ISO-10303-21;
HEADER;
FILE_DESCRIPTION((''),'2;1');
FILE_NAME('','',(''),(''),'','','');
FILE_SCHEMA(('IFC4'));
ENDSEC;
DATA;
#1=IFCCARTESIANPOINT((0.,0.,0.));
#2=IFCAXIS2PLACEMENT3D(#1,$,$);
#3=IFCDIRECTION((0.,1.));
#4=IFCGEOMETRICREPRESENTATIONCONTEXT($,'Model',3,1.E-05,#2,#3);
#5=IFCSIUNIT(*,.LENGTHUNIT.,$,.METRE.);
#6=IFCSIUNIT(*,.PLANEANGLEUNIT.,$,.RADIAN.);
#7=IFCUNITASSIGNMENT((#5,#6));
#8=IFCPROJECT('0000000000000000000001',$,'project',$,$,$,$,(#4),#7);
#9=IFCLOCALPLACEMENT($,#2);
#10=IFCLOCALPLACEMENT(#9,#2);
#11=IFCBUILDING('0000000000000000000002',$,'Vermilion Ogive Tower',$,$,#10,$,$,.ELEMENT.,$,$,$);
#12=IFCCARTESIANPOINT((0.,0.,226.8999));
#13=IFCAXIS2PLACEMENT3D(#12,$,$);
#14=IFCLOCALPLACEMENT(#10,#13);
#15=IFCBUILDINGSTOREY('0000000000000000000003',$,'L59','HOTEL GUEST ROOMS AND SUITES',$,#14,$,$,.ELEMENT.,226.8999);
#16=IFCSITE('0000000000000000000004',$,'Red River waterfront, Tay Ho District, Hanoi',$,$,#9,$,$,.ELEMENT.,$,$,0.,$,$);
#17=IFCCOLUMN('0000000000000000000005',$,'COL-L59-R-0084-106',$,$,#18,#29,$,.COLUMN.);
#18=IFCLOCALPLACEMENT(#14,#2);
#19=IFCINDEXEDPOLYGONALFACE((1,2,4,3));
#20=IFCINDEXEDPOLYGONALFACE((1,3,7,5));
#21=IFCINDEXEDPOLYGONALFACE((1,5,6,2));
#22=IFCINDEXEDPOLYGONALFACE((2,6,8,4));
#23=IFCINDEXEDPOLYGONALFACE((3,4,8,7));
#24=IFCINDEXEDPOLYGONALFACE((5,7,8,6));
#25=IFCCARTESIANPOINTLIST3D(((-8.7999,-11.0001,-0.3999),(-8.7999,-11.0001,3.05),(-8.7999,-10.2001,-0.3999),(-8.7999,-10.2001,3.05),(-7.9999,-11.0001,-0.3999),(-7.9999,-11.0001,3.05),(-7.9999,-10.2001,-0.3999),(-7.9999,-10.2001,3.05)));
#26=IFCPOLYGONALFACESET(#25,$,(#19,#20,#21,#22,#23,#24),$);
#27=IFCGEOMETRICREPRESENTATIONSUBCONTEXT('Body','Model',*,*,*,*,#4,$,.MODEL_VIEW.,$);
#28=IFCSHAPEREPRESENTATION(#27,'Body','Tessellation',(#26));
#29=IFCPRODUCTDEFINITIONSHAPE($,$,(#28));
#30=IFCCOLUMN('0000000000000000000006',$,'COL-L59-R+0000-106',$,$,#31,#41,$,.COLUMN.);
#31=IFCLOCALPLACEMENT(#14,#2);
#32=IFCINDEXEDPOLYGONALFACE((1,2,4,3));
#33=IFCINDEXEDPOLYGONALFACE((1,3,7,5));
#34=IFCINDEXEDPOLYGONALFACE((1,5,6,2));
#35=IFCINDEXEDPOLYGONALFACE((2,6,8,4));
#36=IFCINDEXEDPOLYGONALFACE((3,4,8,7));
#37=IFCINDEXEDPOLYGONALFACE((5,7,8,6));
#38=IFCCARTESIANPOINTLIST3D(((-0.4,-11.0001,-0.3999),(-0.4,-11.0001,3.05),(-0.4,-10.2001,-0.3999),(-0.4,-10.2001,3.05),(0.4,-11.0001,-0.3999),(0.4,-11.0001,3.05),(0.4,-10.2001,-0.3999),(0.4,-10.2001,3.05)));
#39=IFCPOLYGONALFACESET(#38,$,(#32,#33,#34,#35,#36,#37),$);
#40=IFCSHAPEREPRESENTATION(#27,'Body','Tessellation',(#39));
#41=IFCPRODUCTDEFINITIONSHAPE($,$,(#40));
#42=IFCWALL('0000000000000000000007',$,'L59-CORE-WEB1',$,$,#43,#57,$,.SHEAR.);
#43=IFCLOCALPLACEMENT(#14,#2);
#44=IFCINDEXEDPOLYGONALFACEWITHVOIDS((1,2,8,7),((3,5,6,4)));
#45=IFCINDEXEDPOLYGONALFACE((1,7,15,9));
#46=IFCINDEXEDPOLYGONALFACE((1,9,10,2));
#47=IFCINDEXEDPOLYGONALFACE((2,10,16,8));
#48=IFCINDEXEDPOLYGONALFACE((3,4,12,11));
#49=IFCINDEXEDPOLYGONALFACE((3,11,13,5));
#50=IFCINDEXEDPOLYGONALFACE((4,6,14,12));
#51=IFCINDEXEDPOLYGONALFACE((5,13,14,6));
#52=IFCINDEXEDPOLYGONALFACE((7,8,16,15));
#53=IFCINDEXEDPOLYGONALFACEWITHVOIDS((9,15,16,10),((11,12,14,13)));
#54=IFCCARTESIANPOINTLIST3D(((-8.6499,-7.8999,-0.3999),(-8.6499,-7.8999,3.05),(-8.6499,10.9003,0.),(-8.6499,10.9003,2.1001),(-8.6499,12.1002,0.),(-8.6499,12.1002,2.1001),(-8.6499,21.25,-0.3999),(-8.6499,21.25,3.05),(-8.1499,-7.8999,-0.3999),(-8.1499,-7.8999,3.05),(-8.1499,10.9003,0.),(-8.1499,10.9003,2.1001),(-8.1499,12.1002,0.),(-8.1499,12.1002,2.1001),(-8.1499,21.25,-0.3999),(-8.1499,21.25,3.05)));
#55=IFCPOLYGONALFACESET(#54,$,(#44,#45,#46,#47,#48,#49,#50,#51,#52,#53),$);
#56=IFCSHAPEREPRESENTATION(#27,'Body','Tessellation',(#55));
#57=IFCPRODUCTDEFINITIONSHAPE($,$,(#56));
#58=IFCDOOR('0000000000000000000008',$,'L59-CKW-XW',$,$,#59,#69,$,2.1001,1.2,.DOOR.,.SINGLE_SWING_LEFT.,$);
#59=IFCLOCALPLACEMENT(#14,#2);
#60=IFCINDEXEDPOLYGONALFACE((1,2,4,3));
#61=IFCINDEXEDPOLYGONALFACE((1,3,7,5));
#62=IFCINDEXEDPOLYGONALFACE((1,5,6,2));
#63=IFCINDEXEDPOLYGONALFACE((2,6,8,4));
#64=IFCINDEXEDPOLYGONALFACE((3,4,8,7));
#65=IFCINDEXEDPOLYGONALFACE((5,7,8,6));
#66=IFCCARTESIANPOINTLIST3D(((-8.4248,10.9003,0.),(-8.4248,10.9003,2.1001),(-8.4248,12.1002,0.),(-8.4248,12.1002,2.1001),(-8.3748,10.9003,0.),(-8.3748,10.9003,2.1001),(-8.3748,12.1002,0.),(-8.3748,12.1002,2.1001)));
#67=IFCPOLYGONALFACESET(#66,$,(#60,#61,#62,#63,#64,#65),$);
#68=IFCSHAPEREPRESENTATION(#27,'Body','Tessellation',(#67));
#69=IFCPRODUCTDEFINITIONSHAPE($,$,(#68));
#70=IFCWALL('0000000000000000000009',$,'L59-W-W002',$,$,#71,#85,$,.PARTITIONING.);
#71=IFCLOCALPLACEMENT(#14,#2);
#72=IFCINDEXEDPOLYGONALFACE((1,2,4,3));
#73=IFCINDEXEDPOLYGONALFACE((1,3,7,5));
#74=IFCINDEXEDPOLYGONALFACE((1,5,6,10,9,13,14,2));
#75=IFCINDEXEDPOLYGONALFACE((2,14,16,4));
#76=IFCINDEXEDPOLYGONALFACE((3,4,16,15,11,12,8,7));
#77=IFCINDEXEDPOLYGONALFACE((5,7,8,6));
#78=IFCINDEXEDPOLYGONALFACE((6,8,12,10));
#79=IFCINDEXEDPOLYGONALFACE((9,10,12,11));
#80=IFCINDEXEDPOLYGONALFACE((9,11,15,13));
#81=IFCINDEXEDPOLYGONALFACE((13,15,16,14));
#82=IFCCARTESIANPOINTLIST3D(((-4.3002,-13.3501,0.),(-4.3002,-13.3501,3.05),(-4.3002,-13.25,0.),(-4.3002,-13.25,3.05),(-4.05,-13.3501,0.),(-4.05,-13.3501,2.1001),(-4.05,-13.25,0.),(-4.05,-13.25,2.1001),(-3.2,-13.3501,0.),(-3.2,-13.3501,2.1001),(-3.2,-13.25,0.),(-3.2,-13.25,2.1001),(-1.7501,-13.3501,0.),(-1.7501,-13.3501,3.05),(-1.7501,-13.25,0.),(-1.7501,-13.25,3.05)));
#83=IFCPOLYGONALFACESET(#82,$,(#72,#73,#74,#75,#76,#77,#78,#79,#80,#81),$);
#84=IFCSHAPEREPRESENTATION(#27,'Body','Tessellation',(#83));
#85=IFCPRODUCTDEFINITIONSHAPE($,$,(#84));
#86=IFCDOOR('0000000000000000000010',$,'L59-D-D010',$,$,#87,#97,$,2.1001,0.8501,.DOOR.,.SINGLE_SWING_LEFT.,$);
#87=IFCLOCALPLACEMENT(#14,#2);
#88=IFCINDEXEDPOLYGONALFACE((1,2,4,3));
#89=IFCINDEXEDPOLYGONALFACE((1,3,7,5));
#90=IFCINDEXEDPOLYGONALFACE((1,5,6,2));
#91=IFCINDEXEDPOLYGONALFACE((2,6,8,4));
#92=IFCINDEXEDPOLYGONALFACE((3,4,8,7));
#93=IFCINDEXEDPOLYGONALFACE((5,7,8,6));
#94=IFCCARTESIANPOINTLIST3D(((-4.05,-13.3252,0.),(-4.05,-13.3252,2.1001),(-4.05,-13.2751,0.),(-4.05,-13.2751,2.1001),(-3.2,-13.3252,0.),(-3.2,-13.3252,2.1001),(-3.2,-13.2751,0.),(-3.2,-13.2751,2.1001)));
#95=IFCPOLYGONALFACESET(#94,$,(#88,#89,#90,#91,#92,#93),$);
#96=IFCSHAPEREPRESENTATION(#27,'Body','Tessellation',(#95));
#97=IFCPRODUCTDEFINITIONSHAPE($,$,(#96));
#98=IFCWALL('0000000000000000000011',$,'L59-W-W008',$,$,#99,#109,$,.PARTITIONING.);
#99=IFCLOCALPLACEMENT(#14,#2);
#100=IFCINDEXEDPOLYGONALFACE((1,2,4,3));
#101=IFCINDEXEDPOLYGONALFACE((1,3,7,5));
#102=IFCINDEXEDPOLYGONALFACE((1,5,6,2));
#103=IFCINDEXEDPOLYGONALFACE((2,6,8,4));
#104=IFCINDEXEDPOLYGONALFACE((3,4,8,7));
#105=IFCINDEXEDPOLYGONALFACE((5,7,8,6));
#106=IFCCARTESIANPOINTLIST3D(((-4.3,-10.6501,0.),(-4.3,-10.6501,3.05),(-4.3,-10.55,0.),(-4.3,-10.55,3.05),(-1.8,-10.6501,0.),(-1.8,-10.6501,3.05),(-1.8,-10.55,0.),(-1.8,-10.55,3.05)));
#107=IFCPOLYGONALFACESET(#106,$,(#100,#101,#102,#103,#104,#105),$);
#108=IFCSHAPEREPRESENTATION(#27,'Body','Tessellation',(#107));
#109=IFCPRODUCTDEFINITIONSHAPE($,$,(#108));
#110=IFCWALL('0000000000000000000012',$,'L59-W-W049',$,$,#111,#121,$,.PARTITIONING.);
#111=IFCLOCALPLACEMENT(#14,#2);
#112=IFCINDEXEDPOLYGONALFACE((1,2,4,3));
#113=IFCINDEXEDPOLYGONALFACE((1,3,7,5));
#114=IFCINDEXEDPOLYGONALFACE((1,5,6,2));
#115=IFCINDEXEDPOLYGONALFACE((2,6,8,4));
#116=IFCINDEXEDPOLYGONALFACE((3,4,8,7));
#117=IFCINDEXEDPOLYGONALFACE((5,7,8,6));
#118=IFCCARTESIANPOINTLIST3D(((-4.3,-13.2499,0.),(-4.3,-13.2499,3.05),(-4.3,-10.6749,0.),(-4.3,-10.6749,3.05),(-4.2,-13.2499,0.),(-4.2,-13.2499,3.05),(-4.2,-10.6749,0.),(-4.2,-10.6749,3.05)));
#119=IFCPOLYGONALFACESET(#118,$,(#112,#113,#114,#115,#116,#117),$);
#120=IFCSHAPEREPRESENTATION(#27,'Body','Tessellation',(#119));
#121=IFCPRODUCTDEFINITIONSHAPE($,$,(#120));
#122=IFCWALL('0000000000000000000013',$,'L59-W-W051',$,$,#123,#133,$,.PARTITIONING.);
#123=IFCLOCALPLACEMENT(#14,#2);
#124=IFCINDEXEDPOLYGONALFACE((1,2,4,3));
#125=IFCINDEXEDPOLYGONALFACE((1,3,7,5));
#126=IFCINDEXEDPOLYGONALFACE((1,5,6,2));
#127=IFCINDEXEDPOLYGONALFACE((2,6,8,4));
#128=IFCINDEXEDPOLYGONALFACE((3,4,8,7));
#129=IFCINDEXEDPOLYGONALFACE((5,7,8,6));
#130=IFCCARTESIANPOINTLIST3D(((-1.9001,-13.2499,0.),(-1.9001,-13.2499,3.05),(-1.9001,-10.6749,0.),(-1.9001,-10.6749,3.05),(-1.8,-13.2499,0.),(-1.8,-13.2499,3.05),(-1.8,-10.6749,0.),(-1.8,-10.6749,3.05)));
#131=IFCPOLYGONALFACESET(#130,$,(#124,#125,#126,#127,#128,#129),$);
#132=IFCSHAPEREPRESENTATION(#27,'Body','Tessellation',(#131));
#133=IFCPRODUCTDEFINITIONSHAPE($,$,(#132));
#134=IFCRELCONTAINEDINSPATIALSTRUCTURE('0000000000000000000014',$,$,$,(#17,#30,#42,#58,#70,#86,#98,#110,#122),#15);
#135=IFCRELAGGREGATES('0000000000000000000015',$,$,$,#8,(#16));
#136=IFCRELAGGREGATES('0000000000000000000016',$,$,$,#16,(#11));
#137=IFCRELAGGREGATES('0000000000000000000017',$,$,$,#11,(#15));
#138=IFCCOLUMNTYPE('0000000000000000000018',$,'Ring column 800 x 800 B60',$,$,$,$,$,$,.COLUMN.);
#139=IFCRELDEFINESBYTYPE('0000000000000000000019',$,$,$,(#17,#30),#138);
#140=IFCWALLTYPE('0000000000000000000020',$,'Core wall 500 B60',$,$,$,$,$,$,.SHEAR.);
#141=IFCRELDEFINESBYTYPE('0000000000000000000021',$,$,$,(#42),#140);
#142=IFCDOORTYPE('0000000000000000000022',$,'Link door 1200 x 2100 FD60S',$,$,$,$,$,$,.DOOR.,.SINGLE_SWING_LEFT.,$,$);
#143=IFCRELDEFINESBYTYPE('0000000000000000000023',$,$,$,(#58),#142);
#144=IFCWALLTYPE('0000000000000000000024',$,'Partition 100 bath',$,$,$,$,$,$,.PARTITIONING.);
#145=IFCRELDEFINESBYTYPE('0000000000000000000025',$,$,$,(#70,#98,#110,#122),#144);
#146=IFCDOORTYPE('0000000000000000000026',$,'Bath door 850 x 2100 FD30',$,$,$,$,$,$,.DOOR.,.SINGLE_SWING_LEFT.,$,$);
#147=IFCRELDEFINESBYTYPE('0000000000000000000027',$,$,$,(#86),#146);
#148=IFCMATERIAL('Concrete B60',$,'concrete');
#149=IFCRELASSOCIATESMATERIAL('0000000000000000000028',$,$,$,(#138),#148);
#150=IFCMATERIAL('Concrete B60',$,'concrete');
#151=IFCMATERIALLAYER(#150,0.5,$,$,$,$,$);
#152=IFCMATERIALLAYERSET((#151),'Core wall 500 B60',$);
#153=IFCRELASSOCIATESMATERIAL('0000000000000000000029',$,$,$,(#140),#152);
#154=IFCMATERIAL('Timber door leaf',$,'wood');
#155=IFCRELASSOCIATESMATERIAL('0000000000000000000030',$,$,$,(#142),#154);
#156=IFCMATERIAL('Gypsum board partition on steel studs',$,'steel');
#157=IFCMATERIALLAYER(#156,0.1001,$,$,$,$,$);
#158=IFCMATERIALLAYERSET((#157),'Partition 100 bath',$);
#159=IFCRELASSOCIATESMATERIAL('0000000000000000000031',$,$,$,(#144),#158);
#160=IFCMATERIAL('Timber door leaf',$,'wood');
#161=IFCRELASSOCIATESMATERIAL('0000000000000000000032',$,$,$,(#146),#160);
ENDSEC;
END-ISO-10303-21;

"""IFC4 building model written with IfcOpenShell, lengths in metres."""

from ifc_helpers import new_model, si_unit, direction, frame, frame_2d, origin, origin_2d, place, context, subcontext, project, spatial, rectangle, extrude, material, layer, layer_set, material_profile, profile_set, type_object, element, fill, save


model = new_model("IFC4")

# Units and contexts
model_context = context("Model", 3, precision=1e-05, world=origin(), true_north=direction((0.0, 1.0)))
body_context = subcontext(model_context, "Body", "Model", "MODEL_VIEW")
ifc_project = project(units=[si_unit("LENGTHUNIT", "METRE"), si_unit("PLANEANGLEUNIT", "RADIAN")], contexts=[model_context])

# Site, building, storey
site_placement = place(None, origin())
site = spatial("IfcSite", under=ifc_project, at=site_placement, Name="Red River waterfront, Tay Ho District, Hanoi", CompositionType="ELEMENT", RefElevation=0.0)
building_placement = place(site_placement, origin())
building = spatial("IfcBuilding", under=site, at=building_placement, Name="Vermilion Ogive Tower", CompositionType="ELEMENT")
storey_placement = place(building_placement, frame((0.0, 0.0, 226.8999)))
storey = spatial("IfcBuildingStorey", under=building, at=storey_placement, Name="L59", Description="HOTEL GUEST ROOMS AND SUITES", CompositionType="ELEMENT", Elevation=226.8999)

# Columns
ifc_material_1 = material(Name="Concrete B60", Category="concrete")
ifc_material_profile = material_profile(ifc_material_1, rectangle(XDim=0.8, YDim=0.8, at=origin_2d()), Name="800 x 800")
ifc_profile_set = profile_set([ifc_material_profile], Name="Concrete B60")
column_type = type_object("IfcColumnType", Name="Ring column 800 x 800 B60", PredefinedType="COLUMN", material=ifc_profile_set)
for number, where, z_axis, x_axis, name in (
    (1, (-8.3999, -10.6001, -0.3999), (0.0, 0.0, 1.0), (1.0, 0.0, 0.0), "COL-L59-R-0084-106"),
    (2, (0.0, -10.6001, -0.3999), (0.0, 0.0, 1.0), (1.0, 0.0, 0.0), "COL-L59-R+0000-106"),
):
    element("IfcColumn", number, at=place(storey_placement, frame(where, z_axis=z_axis, x_axis=x_axis)), inside=storey, type_object=column_type, Name=name, PredefinedType="COLUMN", context=body_context, shape_type="SweptSolid", body=[
        extrude(rectangle(XDim=0.8, YDim=0.8, at=origin_2d()), origin(), (0.0, 0.0, 1.0), 3.45),
    ])

# Walls, openings, doors
ifc_material_2 = material(Name="Concrete B60", Category="concrete")
ifc_layer_1 = layer(ifc_material_2, 0.5)
ifc_layer_set_1 = layer_set([ifc_layer_1], Name="Core wall 500 B60")
wall_type_1 = type_object("IfcWallType", Name="Core wall 500 B60", PredefinedType="SHEAR", material=ifc_layer_set_1)
wall_1_placement = place(storey_placement, frame((-8.3999, -7.8999, -0.3999), z_axis=(0.0, 0.0, 1.0), x_axis=(0.0, 1.0, 0.0)))
wall_1 = element("IfcWall", 3, at=wall_1_placement, inside=storey, type_object=wall_type_1, Name="L59-CORE-WEB1", PredefinedType="SHEAR", context=body_context, shape_type="SweptSolid", body=[
    extrude(rectangle(XDim=29.1499, YDim=0.5, at=frame_2d((14.575, 0.0))), origin(), (0.0, 0.0, 1.0), 3.45),
])
opening_1_placement = place(wall_1_placement, frame((18.8, 0.0, 0.3999)))
opening_1 = element("IfcOpeningElement", 4, at=opening_1_placement, cuts=wall_1, PredefinedType="OPENING", context=body_context, shape_type="SweptSolid", body=[
    extrude(rectangle(XDim=1.2, YDim=2.1001, at=frame_2d((0.6001, 1.05))), frame((0.0, 0.26, 0.0), z_axis=(0.0, -1.0, 0.0), x_axis=(1.0, 0.0, 0.0)), (0.0, 0.0, 1.0), 0.52),
])
ifc_material_3 = material(Name="Timber door leaf", Category="wood")
door_type_1 = type_object("IfcDoorType", Name="Link door 1200 x 2100 FD60S", OperationType="SINGLE_SWING_LEFT", PredefinedType="DOOR", material=ifc_material_3)
door_1_placement = place(opening_1_placement, origin())
door_1 = element("IfcDoor", 5, at=door_1_placement, inside=storey, type_object=door_type_1, Name="L59-CKW-XW", OperationType="SINGLE_SWING_LEFT", OverallHeight=2.1001, OverallWidth=1.2, PredefinedType="DOOR", context=body_context, shape_type="SweptSolid", body=[
    extrude(rectangle(XDim=1.2, YDim=2.1001, at=frame_2d((0.6001, 1.05))), frame((0.0, 0.0249, 0.0), z_axis=(0.0, -1.0, 0.0), x_axis=(1.0, 0.0, 0.0)), (0.0, 0.0, 1.0), 0.05),
])
fill(opening_1, door_1)
ifc_material_4 = material(Name="Gypsum board partition on steel studs", Category="steel")
ifc_layer_2 = layer(ifc_material_4, 0.1001)
ifc_layer_set_2 = layer_set([ifc_layer_2], Name="Partition 100 bath")
wall_type_2 = type_object("IfcWallType", Name="Partition 100 bath", PredefinedType="PARTITIONING", material=ifc_layer_set_2)
wall_2_placement = place(storey_placement, frame((-4.3, -13.3, 0.0), z_axis=(0.0, 0.0, 1.0), x_axis=(1.0, 0.0, 0.0)))
wall_2 = element("IfcWall", 6, at=wall_2_placement, inside=storey, type_object=wall_type_2, Name="L59-W-W002", PredefinedType="PARTITIONING", context=body_context, shape_type="SweptSolid", body=[
    extrude(rectangle(XDim=2.55, YDim=0.1001, at=frame_2d((1.2749, 0.0))), origin(), (0.0, 0.0, 1.0), 3.05),
])
opening_2_placement = place(wall_2_placement, frame((0.25, 0.0, 0.0)))
opening_2 = element("IfcOpeningElement", 7, at=opening_2_placement, cuts=wall_2, PredefinedType="OPENING", context=body_context, shape_type="SweptSolid", body=[
    extrude(rectangle(XDim=0.8501, YDim=2.1001, at=frame_2d((0.425, 1.05))), frame((0.0, 0.0601, 0.0), z_axis=(0.0, -1.0, 0.0), x_axis=(1.0, 0.0, 0.0)), (0.0, 0.0, 1.0), 0.1201),
])
ifc_material_5 = material(Name="Timber door leaf", Category="wood")
door_type_2 = type_object("IfcDoorType", Name="Bath door 850 x 2100 FD30", OperationType="SINGLE_SWING_LEFT", PredefinedType="DOOR", material=ifc_material_5)
door_2_placement = place(opening_2_placement, origin())
door_2 = element("IfcDoor", 8, at=door_2_placement, inside=storey, type_object=door_type_2, Name="L59-D-D010", OperationType="SINGLE_SWING_LEFT", OverallHeight=2.1001, OverallWidth=0.8501, PredefinedType="DOOR", context=body_context, shape_type="SweptSolid", body=[
    extrude(rectangle(XDim=0.8501, YDim=2.1001, at=frame_2d((0.425, 1.05))), frame((0.0, 0.0249, 0.0), z_axis=(0.0, -1.0, 0.0), x_axis=(1.0, 0.0, 0.0)), (0.0, 0.0, 1.0), 0.05),
])
fill(opening_2, door_2)

# Walls
wall_3_placement = place(storey_placement, frame((-4.3, -10.6001, 0.0), z_axis=(0.0, 0.0, 1.0), x_axis=(1.0, 0.0, 0.0)))
element("IfcWall", 9, at=wall_3_placement, inside=storey, type_object=wall_type_2, Name="L59-W-W008", PredefinedType="PARTITIONING", context=body_context, shape_type="SweptSolid", body=[
    extrude(rectangle(XDim=2.5, YDim=0.1001, at=frame_2d((1.25, 0.0))), origin(), (0.0, 0.0, 1.0), 3.05),
])
for number, where, z_axis, x_axis, name in (
    (10, (-4.25, -13.25, 0.0), (0.0, 0.0, 1.0), (0.0, 1.0, 0.0), "L59-W-W049"),
    (11, (-1.8501, -13.25, 0.0), (0.0, 0.0, 1.0), (0.0, 1.0, 0.0), "L59-W-W051"),
):
    element("IfcWall", number, at=place(storey_placement, frame(where, z_axis=z_axis, x_axis=x_axis)), inside=storey, type_object=wall_type_2, Name=name, PredefinedType="PARTITIONING", context=body_context, shape_type="SweptSolid", body=[
        extrude(rectangle(XDim=2.575, YDim=0.1001, at=frame_2d((1.2876, 0.0))), origin(), (0.0, 0.0, 1.0), 3.05),
    ])

save(model, "model.ifc")
